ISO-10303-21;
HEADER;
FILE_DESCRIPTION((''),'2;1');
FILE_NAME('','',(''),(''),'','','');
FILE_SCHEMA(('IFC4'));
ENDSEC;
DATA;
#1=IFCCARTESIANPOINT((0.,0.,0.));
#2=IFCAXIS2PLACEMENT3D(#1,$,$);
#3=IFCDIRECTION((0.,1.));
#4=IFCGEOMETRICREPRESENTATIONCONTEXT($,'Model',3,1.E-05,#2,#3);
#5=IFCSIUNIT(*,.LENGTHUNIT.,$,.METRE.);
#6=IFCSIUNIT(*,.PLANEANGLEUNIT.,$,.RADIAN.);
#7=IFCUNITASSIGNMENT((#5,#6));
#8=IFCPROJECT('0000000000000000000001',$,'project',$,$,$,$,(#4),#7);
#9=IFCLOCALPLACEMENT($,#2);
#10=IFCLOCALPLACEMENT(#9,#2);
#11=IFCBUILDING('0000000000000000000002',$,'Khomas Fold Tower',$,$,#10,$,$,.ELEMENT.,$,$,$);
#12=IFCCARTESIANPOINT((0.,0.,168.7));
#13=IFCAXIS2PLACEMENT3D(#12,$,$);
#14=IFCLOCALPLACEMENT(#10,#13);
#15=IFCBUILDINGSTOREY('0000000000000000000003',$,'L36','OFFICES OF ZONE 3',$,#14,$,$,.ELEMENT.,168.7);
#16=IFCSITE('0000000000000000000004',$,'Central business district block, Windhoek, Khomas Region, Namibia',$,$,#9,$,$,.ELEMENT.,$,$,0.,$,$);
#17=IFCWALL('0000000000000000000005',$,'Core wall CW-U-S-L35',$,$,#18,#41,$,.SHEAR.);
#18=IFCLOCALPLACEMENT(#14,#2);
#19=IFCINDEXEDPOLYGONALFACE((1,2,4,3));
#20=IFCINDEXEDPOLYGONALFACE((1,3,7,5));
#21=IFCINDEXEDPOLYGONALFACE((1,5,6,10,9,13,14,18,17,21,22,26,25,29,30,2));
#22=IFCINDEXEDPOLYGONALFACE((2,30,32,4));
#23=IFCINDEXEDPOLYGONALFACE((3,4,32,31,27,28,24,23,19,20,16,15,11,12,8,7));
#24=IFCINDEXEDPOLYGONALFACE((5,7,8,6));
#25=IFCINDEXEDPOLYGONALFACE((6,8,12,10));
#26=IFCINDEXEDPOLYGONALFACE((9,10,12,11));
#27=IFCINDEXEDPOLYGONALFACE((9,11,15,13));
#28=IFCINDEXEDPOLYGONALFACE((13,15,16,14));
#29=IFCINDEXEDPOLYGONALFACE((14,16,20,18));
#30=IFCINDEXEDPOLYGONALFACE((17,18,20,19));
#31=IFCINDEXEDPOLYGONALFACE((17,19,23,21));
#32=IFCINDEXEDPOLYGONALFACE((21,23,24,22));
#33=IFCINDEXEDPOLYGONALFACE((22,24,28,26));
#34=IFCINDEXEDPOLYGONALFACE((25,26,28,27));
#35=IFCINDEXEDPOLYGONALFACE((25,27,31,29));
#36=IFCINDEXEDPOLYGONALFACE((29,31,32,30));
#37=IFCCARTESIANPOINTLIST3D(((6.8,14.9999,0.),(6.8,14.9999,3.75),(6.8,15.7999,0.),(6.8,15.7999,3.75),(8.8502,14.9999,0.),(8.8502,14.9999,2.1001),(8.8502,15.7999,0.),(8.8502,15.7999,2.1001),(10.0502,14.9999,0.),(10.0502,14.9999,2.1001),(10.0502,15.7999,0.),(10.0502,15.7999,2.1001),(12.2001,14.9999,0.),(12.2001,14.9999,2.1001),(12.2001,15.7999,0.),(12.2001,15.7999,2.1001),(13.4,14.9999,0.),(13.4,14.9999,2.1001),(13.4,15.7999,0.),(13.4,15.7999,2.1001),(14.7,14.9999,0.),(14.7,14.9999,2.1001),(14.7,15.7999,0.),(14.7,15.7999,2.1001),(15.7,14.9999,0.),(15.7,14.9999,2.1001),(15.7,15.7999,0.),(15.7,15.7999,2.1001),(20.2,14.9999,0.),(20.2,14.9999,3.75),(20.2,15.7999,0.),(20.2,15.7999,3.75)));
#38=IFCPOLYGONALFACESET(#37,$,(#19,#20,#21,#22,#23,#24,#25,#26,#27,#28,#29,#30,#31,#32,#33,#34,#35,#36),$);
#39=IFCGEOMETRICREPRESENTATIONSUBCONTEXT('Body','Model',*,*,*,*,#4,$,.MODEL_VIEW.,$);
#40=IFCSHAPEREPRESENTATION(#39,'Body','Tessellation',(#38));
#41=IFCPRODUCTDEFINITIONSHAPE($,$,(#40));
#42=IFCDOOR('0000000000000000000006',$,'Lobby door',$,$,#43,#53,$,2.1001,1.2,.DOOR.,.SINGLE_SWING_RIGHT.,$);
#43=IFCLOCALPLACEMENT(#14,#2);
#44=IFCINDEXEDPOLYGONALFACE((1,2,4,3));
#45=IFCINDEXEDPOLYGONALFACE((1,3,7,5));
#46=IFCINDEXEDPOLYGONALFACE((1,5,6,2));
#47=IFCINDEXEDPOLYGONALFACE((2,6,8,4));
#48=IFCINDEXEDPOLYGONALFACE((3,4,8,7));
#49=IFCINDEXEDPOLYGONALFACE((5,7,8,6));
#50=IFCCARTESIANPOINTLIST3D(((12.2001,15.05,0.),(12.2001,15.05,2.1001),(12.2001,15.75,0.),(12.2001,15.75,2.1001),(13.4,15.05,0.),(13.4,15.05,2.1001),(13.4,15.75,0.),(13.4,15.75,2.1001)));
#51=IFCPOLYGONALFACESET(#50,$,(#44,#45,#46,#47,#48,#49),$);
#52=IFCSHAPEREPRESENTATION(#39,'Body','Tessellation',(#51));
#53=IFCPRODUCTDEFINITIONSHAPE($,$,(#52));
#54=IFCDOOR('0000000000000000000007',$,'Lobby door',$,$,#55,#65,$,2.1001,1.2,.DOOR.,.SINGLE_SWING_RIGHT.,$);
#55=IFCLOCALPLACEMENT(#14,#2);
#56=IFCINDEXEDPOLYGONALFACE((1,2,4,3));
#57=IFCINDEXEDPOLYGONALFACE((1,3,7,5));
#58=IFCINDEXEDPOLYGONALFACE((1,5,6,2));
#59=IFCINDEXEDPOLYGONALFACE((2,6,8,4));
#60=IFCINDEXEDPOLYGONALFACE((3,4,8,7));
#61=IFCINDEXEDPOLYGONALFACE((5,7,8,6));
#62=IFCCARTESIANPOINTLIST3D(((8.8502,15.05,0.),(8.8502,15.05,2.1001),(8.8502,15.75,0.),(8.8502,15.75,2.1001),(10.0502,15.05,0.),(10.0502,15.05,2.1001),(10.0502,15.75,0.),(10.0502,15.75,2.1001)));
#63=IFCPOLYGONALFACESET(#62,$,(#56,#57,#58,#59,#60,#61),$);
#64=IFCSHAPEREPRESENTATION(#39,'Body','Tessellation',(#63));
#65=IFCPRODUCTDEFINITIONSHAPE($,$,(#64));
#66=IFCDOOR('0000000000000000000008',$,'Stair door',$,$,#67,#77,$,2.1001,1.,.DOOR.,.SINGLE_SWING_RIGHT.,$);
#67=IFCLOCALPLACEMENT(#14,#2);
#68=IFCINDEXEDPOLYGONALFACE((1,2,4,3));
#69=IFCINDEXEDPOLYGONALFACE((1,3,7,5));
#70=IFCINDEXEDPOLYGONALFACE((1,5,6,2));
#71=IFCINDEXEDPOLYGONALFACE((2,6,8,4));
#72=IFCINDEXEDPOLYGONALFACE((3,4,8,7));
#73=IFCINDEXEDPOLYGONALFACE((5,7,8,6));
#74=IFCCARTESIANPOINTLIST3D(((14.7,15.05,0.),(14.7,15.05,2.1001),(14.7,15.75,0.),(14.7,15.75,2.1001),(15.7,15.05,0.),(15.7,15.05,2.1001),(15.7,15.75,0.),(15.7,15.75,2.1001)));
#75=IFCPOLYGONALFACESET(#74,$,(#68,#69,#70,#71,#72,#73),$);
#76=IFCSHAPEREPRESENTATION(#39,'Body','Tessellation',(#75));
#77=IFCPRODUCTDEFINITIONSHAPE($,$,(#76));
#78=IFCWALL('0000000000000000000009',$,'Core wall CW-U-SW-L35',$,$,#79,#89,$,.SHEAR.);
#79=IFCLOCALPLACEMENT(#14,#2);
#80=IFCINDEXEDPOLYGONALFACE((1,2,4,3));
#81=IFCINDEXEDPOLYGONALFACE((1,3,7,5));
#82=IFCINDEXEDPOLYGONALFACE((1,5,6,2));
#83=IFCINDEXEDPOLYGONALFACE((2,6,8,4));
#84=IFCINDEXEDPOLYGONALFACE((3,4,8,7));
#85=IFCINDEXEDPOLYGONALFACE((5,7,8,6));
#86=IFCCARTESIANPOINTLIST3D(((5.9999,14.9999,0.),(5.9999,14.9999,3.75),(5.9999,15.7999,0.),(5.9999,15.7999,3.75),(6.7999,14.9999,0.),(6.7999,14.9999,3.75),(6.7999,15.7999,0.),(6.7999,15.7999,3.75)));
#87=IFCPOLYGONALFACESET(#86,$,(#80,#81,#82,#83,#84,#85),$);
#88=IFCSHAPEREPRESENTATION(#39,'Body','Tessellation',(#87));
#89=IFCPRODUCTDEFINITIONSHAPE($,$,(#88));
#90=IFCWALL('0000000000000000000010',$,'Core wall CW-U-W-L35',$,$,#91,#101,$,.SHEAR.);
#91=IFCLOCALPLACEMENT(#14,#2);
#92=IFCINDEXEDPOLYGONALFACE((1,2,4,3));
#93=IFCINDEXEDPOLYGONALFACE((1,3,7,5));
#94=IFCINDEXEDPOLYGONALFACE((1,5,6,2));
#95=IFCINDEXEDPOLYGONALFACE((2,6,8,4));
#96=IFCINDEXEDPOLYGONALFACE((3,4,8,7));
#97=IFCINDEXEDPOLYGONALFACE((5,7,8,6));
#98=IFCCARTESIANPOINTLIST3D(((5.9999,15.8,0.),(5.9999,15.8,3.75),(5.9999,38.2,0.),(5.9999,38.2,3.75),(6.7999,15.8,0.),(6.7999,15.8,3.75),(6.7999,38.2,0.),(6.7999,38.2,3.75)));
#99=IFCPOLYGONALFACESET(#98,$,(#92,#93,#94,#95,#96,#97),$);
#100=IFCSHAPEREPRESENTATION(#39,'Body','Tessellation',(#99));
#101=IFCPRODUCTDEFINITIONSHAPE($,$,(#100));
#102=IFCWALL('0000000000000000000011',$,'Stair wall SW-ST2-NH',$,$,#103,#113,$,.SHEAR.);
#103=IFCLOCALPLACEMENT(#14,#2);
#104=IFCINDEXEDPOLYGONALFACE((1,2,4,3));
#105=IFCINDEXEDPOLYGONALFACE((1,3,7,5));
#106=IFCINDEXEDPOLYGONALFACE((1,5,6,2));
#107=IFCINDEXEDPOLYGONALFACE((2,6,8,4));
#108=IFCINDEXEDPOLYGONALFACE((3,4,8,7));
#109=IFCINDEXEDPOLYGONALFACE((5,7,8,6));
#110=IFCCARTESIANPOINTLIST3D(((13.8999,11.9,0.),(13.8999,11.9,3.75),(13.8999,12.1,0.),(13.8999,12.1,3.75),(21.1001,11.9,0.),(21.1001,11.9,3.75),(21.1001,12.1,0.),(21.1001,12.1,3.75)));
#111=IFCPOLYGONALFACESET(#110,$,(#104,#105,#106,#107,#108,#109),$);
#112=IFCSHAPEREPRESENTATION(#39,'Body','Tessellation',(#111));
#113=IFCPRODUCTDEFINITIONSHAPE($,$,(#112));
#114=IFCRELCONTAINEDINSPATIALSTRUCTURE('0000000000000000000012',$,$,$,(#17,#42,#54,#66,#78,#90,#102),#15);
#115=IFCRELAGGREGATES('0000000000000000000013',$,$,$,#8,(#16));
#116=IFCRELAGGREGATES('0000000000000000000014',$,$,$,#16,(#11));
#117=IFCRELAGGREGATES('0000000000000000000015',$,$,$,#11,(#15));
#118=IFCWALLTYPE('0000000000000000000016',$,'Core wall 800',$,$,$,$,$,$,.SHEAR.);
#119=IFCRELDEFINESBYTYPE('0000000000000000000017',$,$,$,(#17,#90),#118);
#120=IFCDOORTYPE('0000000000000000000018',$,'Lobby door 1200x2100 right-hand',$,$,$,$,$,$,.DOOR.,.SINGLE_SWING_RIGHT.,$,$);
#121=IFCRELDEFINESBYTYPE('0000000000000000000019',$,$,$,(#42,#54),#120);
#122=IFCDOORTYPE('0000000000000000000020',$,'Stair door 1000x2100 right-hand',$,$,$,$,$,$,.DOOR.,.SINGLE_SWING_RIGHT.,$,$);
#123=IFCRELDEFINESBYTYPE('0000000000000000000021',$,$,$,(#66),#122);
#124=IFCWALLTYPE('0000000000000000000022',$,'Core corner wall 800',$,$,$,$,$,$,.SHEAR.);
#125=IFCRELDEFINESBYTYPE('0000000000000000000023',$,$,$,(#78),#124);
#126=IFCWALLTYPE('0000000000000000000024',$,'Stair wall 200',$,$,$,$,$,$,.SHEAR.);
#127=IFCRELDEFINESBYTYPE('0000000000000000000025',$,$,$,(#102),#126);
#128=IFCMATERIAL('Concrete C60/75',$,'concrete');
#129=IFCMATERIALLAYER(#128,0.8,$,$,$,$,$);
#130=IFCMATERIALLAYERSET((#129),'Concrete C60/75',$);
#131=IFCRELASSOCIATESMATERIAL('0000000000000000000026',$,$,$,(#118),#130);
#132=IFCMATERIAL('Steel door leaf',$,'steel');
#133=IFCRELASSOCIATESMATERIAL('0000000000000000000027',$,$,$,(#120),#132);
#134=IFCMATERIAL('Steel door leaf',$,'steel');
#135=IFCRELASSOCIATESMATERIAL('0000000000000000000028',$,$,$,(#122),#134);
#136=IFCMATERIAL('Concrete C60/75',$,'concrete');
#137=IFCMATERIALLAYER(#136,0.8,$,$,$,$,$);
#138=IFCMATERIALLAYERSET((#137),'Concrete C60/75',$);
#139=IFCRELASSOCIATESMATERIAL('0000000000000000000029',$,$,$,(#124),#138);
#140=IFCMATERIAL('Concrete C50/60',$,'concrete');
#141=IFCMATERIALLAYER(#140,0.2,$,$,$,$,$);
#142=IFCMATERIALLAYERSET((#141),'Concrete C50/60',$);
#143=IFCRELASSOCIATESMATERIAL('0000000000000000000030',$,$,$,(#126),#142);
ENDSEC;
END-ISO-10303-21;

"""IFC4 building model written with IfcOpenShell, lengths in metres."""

from ifc_helpers import new_model, si_unit, direction, frame, frame_2d, origin, place, context, subcontext, project, spatial, rectangle, extrude, source, transform, mapped, material, layer, layer_set, type_object, element, fill, save


model = new_model("IFC4")

# Units and contexts
model_context = context("Model", 3, precision=1e-05, world=origin(), true_north=direction((0.0, 1.0)))
body_context = subcontext(model_context, "Body", "Model", "MODEL_VIEW")
ifc_project = project(units=[si_unit("LENGTHUNIT", "METRE"), si_unit("PLANEANGLEUNIT", "RADIAN")], contexts=[model_context])

# Site, building, storey
site_placement = place(None, origin())
site = spatial("IfcSite", under=ifc_project, at=site_placement, Name="Central business district block, Windhoek, Khomas Region, Namibia", CompositionType="ELEMENT", RefElevation=0.0)
building_placement = place(site_placement, origin())
building = spatial("IfcBuilding", under=site, at=building_placement, Name="Khomas Fold Tower", CompositionType="ELEMENT")
storey_placement = place(building_placement, frame((0.0, 0.0, 168.7)))
storey = spatial("IfcBuildingStorey", under=building, at=storey_placement, Name="L36", Description="OFFICES OF ZONE 3", CompositionType="ELEMENT", Elevation=168.7)

# Wall, openings, doors
ifc_material_1 = material(Name="Concrete C60/75", Category="concrete")
ifc_layer_1 = layer(ifc_material_1, 0.8)
ifc_layer_set_1 = layer_set([ifc_layer_1], Name="Concrete C60/75")
wall_type_1 = type_object("IfcWallType", Name="Core wall 800", PredefinedType="SHEAR", material=ifc_layer_set_1)
shared_shape_1 = source(origin(), body_context, "Body", "SweptSolid", [
    extrude(rectangle(XDim=13.3999, YDim=0.8, at=frame_2d((6.7, 0.0))), origin(), (0.0, 0.0, 1.0), 3.75),
])
wall_1_placement = place(storey_placement, frame((6.8, 15.3999, 0.0), z_axis=(0.0, 0.0, 1.0), x_axis=(1.0, 0.0, 0.0)))
wall_1 = element("IfcWall", 1, at=wall_1_placement, inside=storey, type_object=wall_type_1, Name="Core wall CW-U-S-L35", PredefinedType="SHEAR", context=body_context, shape_type="MappedRepresentation", body=[
    mapped(shared_shape_1, transform((0.0, 0.0, 0.0))),
])
shared_shape_2 = source(origin(), body_context, "Body", "SweptSolid", [
    extrude(rectangle(XDim=1.2, YDim=2.1001, at=frame_2d((0.6001, 1.05))), frame((0.0, 0.4099, 0.0), z_axis=(0.0, -1.0, 0.0), x_axis=(1.0, 0.0, 0.0)), (0.0, 0.0, 1.0), 0.8201),
])
opening_1_placement = place(wall_1_placement, frame((5.3999, 0.0, 0.0)))
opening_1 = element("IfcOpeningElement", 2, at=opening_1_placement, cuts=wall_1, PredefinedType="OPENING", context=body_context, shape_type="MappedRepresentation", body=[
    mapped(shared_shape_2, transform((0.0, 0.0, 0.0))),
])
opening_2_placement = place(wall_1_placement, frame((2.05, 0.0, 0.0)))
opening_2 = element("IfcOpeningElement", 3, at=opening_2_placement, cuts=wall_1, PredefinedType="OPENING", context=body_context, shape_type="MappedRepresentation", body=[
    mapped(shared_shape_2, transform((0.0, 0.0, 0.0))),
])
shared_shape_3 = source(origin(), body_context, "Body", "SweptSolid", [
    extrude(rectangle(XDim=1.0, YDim=2.1001, at=frame_2d((0.5, 1.05))), frame((0.0, 0.4099, 0.0), z_axis=(0.0, -1.0, 0.0), x_axis=(1.0, 0.0, 0.0)), (0.0, 0.0, 1.0), 0.8201),
])
opening_3_placement = place(wall_1_placement, frame((7.8999, 0.0, 0.0)))
opening_3 = element("IfcOpeningElement", 4, at=opening_3_placement, cuts=wall_1, PredefinedType="OPENING", context=body_context, shape_type="MappedRepresentation", body=[
    mapped(shared_shape_3, transform((0.0, 0.0, 0.0))),
])
ifc_material_2 = material(Name="Steel door leaf", Category="steel")
door_type_1 = type_object("IfcDoorType", Name="Lobby door 1200x2100 right-hand", OperationType="SINGLE_SWING_RIGHT", PredefinedType="DOOR", material=ifc_material_2)
shared_shape_4 = source(origin(), body_context, "Body", "SweptSolid", [
    extrude(rectangle(XDim=1.2, YDim=2.1001, at=frame_2d((0.6001, 1.05))), frame((0.0, 0.3501, 0.0), z_axis=(0.0, -1.0, 0.0), x_axis=(1.0, 0.0, 0.0)), (0.0, 0.0, 1.0), 0.7),
])
door_1_placement = place(opening_1_placement, origin())
door_1 = element("IfcDoor", 5, at=door_1_placement, inside=storey, type_object=door_type_1, Name="Lobby door", OperationType="SINGLE_SWING_RIGHT", OverallHeight=2.1001, OverallWidth=1.2, PredefinedType="DOOR", context=body_context, shape_type="MappedRepresentation", body=[
    mapped(shared_shape_4, transform((0.0, 0.0, 0.0))),
])
fill(opening_1, door_1)
door_2_placement = place(opening_2_placement, origin())
door_2 = element("IfcDoor", 6, at=door_2_placement, inside=storey, type_object=door_type_1, Name="Lobby door", OperationType="SINGLE_SWING_RIGHT", OverallHeight=2.1001, OverallWidth=1.2, PredefinedType="DOOR", context=body_context, shape_type="MappedRepresentation", body=[
    mapped(shared_shape_4, transform((0.0, 0.0, 0.0))),
])
fill(opening_2, door_2)
ifc_material_3 = material(Name="Steel door leaf", Category="steel")
door_type_2 = type_object("IfcDoorType", Name="Stair door 1000x2100 right-hand", OperationType="SINGLE_SWING_RIGHT", PredefinedType="DOOR", material=ifc_material_3)
shared_shape_5 = source(origin(), body_context, "Body", "SweptSolid", [
    extrude(rectangle(XDim=1.0, YDim=2.1001, at=frame_2d((0.5, 1.05))), frame((0.0, 0.3501, 0.0), z_axis=(0.0, -1.0, 0.0), x_axis=(1.0, 0.0, 0.0)), (0.0, 0.0, 1.0), 0.7),
])
door_3_placement = place(opening_3_placement, origin())
door_3 = element("IfcDoor", 7, at=door_3_placement, inside=storey, type_object=door_type_2, Name="Stair door", OperationType="SINGLE_SWING_RIGHT", OverallHeight=2.1001, OverallWidth=1.0, PredefinedType="DOOR", context=body_context, shape_type="MappedRepresentation", body=[
    mapped(shared_shape_5, transform((0.0, 0.0, 0.0))),
])
fill(opening_3, door_3)

# Walls
ifc_material_4 = material(Name="Concrete C60/75", Category="concrete")
ifc_layer_2 = layer(ifc_material_4, 0.8)
ifc_layer_set_2 = layer_set([ifc_layer_2], Name="Concrete C60/75")
wall_type_2 = type_object("IfcWallType", Name="Core corner wall 800", PredefinedType="SHEAR", material=ifc_layer_set_2)
shared_shape_6 = source(origin(), body_context, "Body", "SweptSolid", [
    extrude(rectangle(XDim=0.8, YDim=0.8, at=frame_2d((0.3999, 0.0))), origin(), (0.0, 0.0, 1.0), 3.75),
])
wall_2_placement = place(storey_placement, frame((6.0, 15.3999, 0.0), z_axis=(0.0, 0.0, 1.0), x_axis=(1.0, 0.0, 0.0)))
element("IfcWall", 8, at=wall_2_placement, inside=storey, type_object=wall_type_2, Name="Core wall CW-U-SW-L35", PredefinedType="SHEAR", context=body_context, shape_type="MappedRepresentation", body=[
    mapped(shared_shape_6, transform((0.0, 0.0, 0.0))),
])
shared_shape_7 = source(origin(), body_context, "Body", "SweptSolid", [
    extrude(rectangle(XDim=22.3999, YDim=0.8, at=frame_2d((11.2, 0.0))), origin(), (0.0, 0.0, 1.0), 3.75),
])
wall_3_placement = place(storey_placement, frame((6.3999, 15.8, 0.0), z_axis=(0.0, 0.0, 1.0), x_axis=(0.0, 1.0, 0.0)))
element("IfcWall", 9, at=wall_3_placement, inside=storey, type_object=wall_type_1, Name="Core wall CW-U-W-L35", PredefinedType="SHEAR", context=body_context, shape_type="MappedRepresentation", body=[
    mapped(shared_shape_7, transform((0.0, 0.0, 0.0))),
])
ifc_material_5 = material(Name="Concrete C50/60", Category="concrete")
ifc_layer_3 = layer(ifc_material_5, 0.2)
ifc_layer_set_3 = layer_set([ifc_layer_3], Name="Concrete C50/60")
wall_type_3 = type_object("IfcWallType", Name="Stair wall 200", PredefinedType="SHEAR", material=ifc_layer_set_3)
shared_shape_8 = source(origin(), body_context, "Body", "SweptSolid", [
    extrude(rectangle(XDim=7.2002, YDim=0.2, at=frame_2d((3.6001, 0.0))), origin(), (0.0, 0.0, 1.0), 3.75),
])
wall_4_placement = place(storey_placement, frame((13.8999, 12.0, 0.0), z_axis=(0.0, 0.0, 1.0), x_axis=(1.0, 0.0, 0.0)))
element("IfcWall", 10, at=wall_4_placement, inside=storey, type_object=wall_type_3, Name="Stair wall SW-ST2-NH", PredefinedType="SHEAR", context=body_context, shape_type="MappedRepresentation", body=[
    mapped(shared_shape_8, transform((0.0, 0.0, 0.0))),
])

save(model, "model.ifc")
